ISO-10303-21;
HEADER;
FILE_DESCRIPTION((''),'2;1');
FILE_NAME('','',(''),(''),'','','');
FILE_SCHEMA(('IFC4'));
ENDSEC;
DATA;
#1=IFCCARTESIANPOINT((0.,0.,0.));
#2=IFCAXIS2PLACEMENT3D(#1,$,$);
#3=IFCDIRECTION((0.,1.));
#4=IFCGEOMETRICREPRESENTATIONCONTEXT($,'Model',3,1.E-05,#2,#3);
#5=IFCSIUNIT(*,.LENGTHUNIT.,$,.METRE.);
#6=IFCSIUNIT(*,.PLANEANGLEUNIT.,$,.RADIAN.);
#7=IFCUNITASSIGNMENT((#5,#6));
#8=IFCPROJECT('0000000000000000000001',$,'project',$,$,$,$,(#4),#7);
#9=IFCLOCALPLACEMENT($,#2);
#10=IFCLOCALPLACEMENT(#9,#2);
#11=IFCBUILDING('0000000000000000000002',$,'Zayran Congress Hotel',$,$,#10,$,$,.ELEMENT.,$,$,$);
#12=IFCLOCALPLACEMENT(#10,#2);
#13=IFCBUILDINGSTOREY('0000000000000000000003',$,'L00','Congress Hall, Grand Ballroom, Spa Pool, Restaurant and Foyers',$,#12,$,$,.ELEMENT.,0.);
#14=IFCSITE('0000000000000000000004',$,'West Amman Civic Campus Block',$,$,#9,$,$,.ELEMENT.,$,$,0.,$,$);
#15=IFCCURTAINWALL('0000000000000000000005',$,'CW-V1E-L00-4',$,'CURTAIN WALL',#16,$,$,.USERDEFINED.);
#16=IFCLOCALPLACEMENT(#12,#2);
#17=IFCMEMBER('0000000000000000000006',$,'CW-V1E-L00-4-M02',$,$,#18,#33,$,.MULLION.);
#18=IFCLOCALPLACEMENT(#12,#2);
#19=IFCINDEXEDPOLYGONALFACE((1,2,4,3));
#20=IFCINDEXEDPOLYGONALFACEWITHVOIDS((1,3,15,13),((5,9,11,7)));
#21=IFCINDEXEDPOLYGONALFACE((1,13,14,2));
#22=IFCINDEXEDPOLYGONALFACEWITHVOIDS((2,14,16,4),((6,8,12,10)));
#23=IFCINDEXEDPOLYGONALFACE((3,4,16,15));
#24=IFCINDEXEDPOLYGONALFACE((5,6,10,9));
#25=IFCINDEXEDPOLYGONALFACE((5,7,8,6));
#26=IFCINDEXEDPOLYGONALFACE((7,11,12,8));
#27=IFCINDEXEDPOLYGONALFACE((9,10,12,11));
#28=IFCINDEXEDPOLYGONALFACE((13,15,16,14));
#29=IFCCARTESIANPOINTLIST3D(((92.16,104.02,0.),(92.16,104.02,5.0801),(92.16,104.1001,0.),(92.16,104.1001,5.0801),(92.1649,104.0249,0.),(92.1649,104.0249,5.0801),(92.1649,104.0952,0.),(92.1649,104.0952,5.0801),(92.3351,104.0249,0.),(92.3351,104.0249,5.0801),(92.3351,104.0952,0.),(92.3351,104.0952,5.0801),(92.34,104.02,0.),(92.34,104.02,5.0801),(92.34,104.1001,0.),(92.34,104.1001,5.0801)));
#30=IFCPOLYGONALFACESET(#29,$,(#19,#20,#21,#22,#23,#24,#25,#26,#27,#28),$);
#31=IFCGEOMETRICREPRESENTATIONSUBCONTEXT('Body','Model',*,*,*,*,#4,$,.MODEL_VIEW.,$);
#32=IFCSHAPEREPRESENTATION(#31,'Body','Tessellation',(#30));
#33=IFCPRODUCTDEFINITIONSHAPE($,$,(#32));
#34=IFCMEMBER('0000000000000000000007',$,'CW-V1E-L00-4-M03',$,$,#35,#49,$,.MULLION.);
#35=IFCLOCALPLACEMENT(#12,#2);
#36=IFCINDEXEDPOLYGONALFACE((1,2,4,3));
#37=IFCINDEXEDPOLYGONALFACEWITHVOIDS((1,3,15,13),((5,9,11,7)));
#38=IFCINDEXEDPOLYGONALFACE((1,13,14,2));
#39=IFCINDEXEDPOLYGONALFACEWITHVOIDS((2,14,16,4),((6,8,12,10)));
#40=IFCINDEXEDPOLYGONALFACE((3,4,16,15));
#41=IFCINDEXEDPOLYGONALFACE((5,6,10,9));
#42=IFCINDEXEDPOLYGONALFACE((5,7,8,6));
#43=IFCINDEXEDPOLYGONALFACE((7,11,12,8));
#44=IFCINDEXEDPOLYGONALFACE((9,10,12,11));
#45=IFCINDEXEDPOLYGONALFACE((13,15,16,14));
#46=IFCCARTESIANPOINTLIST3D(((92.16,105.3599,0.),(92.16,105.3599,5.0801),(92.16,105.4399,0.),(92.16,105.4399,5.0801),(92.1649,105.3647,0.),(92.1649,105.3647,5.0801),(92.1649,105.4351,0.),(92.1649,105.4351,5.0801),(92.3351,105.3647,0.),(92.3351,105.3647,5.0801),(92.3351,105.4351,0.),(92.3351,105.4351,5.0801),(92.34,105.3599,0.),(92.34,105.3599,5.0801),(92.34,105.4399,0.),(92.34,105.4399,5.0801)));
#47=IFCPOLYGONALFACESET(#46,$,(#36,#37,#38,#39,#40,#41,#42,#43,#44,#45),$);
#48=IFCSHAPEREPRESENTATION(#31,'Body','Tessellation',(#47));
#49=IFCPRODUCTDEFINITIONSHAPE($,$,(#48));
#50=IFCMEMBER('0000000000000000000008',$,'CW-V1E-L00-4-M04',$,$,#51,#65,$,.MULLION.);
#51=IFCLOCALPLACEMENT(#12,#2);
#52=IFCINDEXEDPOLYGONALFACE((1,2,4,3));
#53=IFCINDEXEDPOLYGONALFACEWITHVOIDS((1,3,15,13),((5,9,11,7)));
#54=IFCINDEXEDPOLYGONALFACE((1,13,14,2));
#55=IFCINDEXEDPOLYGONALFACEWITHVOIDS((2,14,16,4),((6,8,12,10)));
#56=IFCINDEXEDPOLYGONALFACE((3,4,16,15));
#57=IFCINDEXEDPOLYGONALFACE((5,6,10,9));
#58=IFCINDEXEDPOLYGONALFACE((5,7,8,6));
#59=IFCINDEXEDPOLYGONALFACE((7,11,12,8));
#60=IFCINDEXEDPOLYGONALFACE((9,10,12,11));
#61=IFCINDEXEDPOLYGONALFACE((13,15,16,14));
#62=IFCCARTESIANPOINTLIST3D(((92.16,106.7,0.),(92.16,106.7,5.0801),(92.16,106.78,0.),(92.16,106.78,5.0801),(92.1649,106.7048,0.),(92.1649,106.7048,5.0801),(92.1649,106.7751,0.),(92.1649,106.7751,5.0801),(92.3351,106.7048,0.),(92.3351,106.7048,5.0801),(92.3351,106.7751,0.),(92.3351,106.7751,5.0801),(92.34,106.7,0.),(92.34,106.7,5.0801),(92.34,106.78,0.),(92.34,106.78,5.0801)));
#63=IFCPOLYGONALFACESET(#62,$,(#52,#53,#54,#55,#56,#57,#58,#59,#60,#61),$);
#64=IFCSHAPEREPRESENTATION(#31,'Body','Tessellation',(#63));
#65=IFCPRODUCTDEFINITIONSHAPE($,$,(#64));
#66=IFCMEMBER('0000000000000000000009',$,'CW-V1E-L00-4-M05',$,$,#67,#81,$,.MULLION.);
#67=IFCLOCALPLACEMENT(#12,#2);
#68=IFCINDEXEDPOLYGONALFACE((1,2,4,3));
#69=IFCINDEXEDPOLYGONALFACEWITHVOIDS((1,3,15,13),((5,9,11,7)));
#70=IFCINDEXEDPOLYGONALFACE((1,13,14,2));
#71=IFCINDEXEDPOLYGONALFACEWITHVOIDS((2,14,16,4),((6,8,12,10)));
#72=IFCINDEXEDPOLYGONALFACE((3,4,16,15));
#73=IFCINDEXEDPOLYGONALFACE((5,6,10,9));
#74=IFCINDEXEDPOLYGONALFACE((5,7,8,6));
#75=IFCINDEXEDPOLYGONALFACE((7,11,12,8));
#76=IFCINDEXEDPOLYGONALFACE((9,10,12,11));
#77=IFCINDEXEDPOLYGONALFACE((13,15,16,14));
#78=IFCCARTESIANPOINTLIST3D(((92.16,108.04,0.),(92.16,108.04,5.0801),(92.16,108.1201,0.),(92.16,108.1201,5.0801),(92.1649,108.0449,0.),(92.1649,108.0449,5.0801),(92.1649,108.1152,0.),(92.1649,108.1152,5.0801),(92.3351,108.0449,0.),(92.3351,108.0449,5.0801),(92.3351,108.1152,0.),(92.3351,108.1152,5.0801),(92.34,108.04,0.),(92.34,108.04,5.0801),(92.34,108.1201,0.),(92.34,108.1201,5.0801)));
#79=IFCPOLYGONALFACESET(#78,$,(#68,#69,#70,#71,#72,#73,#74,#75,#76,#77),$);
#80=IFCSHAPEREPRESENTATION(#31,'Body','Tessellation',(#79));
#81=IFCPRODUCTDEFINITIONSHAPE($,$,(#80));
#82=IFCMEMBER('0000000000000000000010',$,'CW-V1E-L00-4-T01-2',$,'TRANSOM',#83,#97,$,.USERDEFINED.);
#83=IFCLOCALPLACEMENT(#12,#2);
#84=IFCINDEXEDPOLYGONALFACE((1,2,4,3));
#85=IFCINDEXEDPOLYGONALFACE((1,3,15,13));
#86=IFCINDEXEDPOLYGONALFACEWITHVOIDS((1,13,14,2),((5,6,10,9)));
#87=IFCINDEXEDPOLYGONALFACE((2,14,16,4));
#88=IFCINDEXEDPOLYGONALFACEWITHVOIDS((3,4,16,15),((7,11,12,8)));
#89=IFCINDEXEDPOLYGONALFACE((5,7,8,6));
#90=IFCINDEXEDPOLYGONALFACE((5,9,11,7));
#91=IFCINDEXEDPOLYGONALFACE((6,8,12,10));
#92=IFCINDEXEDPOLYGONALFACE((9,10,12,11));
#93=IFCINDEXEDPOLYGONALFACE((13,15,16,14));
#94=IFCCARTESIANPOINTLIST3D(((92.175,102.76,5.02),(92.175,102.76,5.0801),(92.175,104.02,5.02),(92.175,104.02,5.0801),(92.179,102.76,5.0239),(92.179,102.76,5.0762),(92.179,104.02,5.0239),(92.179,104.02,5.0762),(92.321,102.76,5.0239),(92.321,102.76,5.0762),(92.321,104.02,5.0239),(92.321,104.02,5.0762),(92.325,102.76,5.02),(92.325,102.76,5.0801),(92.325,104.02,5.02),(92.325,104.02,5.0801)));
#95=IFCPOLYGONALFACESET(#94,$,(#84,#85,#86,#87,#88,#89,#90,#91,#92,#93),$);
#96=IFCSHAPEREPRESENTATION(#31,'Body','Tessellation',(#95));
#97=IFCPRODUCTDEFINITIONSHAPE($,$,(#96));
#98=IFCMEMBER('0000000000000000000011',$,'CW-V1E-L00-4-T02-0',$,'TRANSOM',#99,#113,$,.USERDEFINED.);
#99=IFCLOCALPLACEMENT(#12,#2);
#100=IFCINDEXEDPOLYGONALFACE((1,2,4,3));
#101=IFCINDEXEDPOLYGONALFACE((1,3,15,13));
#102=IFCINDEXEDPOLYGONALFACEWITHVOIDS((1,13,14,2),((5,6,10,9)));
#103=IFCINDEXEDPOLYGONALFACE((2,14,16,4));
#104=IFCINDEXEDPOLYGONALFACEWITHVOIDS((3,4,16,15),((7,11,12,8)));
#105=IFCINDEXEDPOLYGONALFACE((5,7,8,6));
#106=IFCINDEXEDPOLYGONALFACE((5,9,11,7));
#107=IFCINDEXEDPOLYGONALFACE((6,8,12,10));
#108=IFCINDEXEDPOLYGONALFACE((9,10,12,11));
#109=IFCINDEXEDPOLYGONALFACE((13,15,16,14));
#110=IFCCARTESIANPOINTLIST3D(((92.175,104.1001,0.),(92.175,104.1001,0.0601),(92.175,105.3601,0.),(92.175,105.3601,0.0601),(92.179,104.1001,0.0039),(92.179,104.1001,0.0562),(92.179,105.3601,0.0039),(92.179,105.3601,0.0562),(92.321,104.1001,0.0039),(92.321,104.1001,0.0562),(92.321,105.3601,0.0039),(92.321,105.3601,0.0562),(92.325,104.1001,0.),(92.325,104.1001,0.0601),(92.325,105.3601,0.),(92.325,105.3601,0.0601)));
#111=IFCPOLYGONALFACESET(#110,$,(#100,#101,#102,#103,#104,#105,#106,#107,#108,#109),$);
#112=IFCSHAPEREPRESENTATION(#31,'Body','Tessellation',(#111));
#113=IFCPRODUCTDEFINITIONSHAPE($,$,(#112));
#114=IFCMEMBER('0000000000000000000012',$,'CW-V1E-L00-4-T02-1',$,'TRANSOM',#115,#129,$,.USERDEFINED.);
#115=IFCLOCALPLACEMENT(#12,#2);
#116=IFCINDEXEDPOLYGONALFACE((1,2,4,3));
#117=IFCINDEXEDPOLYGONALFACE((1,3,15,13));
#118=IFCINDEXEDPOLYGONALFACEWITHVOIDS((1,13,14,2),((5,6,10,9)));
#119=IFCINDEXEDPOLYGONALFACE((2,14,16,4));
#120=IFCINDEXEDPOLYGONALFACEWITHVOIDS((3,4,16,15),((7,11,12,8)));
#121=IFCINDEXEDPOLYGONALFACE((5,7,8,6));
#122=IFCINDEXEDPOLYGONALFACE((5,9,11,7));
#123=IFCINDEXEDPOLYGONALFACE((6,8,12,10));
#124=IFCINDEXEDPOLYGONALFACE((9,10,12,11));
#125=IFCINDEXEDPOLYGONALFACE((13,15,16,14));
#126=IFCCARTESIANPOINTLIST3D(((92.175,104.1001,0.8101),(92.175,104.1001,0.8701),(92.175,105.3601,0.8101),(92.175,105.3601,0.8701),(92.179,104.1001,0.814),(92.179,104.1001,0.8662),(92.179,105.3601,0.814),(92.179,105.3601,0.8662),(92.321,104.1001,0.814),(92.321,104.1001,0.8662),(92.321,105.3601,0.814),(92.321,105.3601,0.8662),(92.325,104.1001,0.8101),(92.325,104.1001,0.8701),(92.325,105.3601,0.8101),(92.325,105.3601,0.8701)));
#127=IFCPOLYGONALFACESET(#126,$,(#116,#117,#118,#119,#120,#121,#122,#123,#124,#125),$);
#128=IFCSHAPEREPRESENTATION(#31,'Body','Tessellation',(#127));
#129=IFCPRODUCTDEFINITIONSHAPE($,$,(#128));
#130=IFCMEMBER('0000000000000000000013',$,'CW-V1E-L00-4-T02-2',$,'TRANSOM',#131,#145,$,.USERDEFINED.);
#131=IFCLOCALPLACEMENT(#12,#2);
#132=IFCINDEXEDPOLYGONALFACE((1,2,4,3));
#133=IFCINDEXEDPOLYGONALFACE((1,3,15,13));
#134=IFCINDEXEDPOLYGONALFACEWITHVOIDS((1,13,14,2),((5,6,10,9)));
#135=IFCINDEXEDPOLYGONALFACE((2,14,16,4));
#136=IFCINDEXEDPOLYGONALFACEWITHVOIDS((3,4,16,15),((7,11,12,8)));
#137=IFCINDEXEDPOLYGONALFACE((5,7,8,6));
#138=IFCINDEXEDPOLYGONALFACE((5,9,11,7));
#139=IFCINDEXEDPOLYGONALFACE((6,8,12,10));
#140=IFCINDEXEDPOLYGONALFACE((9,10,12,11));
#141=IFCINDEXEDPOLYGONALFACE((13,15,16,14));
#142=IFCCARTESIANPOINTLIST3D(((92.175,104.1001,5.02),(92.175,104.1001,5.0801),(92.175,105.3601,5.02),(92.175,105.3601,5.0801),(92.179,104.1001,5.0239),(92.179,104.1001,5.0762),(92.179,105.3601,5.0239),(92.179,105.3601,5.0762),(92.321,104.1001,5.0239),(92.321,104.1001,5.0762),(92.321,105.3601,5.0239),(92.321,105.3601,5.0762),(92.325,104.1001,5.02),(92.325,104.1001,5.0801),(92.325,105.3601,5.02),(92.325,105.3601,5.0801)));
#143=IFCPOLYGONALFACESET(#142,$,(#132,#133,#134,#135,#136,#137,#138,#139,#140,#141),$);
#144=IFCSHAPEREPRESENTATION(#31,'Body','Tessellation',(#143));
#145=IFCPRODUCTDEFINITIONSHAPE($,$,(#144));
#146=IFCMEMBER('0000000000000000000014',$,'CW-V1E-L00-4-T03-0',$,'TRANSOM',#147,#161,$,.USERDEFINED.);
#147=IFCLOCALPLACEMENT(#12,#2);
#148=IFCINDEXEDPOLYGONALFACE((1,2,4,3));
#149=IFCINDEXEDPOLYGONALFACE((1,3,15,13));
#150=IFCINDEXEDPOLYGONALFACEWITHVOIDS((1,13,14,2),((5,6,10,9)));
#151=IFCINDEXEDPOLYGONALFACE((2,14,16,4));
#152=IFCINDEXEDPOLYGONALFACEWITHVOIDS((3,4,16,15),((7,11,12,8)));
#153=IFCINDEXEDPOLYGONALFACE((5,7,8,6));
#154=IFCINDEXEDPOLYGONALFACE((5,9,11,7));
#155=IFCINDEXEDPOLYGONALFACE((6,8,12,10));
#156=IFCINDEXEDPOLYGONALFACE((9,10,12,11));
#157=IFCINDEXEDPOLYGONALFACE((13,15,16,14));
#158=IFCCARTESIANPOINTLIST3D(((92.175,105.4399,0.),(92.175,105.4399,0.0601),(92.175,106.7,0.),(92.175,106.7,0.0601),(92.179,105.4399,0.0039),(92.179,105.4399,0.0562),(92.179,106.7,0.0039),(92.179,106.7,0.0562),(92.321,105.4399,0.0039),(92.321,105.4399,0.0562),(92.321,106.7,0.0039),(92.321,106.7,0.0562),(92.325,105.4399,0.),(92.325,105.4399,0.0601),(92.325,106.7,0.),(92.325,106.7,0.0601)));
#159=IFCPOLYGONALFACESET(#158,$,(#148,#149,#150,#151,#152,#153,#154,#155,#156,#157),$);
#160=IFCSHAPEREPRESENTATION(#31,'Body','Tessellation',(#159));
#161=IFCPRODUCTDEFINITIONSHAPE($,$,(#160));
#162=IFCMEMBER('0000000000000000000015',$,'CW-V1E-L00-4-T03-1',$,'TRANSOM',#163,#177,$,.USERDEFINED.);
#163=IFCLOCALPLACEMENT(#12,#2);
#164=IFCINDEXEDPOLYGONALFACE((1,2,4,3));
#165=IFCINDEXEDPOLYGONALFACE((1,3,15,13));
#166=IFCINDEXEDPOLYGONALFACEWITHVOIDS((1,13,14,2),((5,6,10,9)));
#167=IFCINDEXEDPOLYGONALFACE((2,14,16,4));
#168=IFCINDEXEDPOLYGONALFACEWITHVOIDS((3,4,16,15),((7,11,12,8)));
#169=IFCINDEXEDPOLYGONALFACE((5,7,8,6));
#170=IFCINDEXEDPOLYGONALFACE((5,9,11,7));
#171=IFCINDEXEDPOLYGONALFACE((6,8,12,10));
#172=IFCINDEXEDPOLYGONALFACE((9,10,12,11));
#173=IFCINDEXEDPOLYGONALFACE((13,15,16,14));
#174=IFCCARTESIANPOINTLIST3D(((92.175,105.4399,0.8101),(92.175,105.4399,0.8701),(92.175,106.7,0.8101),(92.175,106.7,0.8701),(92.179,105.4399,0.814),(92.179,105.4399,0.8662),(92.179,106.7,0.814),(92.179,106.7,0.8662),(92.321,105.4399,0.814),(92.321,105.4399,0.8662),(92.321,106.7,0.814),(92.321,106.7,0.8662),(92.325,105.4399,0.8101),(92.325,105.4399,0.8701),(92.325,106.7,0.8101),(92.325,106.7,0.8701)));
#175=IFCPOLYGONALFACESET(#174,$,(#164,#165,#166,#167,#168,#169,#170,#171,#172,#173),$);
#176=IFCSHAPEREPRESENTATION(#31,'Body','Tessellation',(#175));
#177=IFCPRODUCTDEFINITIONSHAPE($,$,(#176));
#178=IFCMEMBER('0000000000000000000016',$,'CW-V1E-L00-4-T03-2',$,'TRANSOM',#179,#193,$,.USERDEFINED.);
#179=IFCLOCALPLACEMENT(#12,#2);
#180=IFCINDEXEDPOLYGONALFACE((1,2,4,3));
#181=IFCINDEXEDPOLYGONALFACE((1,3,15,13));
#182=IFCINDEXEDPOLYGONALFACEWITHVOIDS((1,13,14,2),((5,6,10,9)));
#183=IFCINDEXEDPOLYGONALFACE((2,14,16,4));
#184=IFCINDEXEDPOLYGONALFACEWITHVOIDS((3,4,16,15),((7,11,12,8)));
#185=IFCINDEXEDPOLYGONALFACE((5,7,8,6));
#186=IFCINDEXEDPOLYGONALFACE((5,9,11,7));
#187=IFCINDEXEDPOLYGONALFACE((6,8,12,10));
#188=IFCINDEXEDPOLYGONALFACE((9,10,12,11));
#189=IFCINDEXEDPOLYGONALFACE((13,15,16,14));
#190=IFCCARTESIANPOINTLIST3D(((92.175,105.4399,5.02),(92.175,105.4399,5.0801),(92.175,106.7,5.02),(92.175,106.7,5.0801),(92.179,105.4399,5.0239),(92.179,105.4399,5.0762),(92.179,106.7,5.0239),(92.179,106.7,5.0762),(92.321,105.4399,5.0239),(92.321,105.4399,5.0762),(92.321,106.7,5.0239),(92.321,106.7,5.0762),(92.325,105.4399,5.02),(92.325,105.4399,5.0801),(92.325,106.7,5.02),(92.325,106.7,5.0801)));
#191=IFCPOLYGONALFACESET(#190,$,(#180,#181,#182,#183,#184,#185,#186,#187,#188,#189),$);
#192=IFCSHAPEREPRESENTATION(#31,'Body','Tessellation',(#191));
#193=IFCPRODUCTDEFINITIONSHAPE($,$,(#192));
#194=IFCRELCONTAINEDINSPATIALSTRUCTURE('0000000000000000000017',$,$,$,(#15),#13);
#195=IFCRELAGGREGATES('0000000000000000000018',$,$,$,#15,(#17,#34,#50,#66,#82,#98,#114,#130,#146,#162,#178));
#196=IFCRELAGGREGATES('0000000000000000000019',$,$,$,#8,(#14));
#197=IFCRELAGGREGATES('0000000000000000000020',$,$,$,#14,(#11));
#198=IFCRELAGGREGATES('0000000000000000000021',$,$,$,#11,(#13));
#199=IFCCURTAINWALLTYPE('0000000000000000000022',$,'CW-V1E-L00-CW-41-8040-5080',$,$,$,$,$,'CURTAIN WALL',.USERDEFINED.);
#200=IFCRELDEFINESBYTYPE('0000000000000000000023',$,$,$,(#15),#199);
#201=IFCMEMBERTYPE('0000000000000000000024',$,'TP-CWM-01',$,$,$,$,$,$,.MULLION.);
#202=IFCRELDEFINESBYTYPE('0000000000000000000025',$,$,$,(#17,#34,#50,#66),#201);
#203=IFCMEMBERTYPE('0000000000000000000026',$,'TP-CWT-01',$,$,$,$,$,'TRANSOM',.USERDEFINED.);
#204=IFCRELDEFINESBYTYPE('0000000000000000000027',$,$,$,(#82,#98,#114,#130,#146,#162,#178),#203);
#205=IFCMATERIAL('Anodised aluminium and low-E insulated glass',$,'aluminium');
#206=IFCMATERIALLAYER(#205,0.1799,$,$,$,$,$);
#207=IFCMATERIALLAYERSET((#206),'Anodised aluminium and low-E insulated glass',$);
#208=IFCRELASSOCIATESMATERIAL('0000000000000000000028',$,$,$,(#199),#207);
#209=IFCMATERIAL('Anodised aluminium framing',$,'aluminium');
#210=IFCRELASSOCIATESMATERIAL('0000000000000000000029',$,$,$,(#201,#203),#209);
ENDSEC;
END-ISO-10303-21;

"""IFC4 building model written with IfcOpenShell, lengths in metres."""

from ifc_helpers import new_model, si_unit, direction, frame, origin, origin_2d, place, context, subcontext, project, spatial, hollow_rectangle, extrude, material, layer, layer_set, material_profile, profile_set, type_object, element, aggregate, save


model = new_model("IFC4")

# Units and contexts
model_context = context("Model", 3, precision=1e-05, world=origin(), true_north=direction((0.0, 1.0)))
body_context = subcontext(model_context, "Body", "Model", "MODEL_VIEW")
ifc_project = project(units=[si_unit("LENGTHUNIT", "METRE"), si_unit("PLANEANGLEUNIT", "RADIAN")], contexts=[model_context])

# Site, building, storey
site_placement = place(None, origin())
site = spatial("IfcSite", under=ifc_project, at=site_placement, Name="West Amman Civic Campus Block", CompositionType="ELEMENT", RefElevation=0.0)
building_placement = place(site_placement, origin())
building = spatial("IfcBuilding", under=site, at=building_placement, Name="Zayran Congress Hotel", CompositionType="ELEMENT")
storey_placement = place(building_placement, origin())
storey = spatial("IfcBuildingStorey", under=building, at=storey_placement, Name="L00", Description="Congress Hall, Grand Ballroom, Spa Pool, Restaurant and Foyers", CompositionType="ELEMENT", Elevation=0.0)

# Curtain wall, members
ifc_material_1 = material(Name="Anodised aluminium and low-E insulated glass", Category="aluminium")
ifc_layer_1 = layer(ifc_material_1, 0.1799)
ifc_layer_set_1 = layer_set([ifc_layer_1], Name="Anodised aluminium and low-E insulated glass")
curtain_wall_type = type_object("IfcCurtainWallType", Name="CW-V1E-L00-CW-41-8040-5080", ElementType="CURTAIN WALL", PredefinedType="USERDEFINED", material=ifc_layer_set_1)
curtain_wall_placement = place(storey_placement, origin())
curtain_wall = element("IfcCurtainWall", 1, at=curtain_wall_placement, inside=storey, type_object=curtain_wall_type, Name="CW-V1E-L00-4", ObjectType="CURTAIN WALL", PredefinedType="USERDEFINED")
ifc_material_2 = material(Name="Anodised aluminium framing", Category="aluminium")
ifc_material_profile_1 = material_profile(ifc_material_2, hollow_rectangle(XDim=0.0801, YDim=0.1799, WallThickness=0.0049, at=origin_2d()), Name="RHS 180x80x5")
ifc_profile_set_1 = profile_set([ifc_material_profile_1], Name="Anodised aluminium framing")
member_type_1 = type_object("IfcMemberType", Name="TP-CWM-01", PredefinedType="MULLION", material=ifc_profile_set_1)
member_1_placement = place(storey_placement, frame((92.25, 104.0601, 0.0), z_axis=(0.0, 0.0, 1.0), x_axis=(0.0, 1.0, 0.0)))
member_1 = element("IfcMember", 2, at=member_1_placement, type_object=member_type_1, Name="CW-V1E-L00-4-M02", PredefinedType="MULLION", context=body_context, shape_type="SweptSolid", body=[
    extrude(hollow_rectangle(XDim=0.0801, YDim=0.1799, WallThickness=0.0049, at=origin_2d()), origin(), (0.0, 0.0, 1.0), 5.0801),
])
member_2_placement = place(storey_placement, frame((92.25, 105.3999, 0.0), z_axis=(0.0, 0.0, 1.0), x_axis=(0.0, 1.0, 0.0)))
member_2 = element("IfcMember", 3, at=member_2_placement, type_object=member_type_1, Name="CW-V1E-L00-4-M03", PredefinedType="MULLION", context=body_context, shape_type="SweptSolid", body=[
    extrude(hollow_rectangle(XDim=0.0801, YDim=0.1799, WallThickness=0.0049, at=origin_2d()), origin(), (0.0, 0.0, 1.0), 5.0801),
])
member_3_placement = place(storey_placement, frame((92.25, 106.74, 0.0), z_axis=(0.0, 0.0, 1.0), x_axis=(0.0, 1.0, 0.0)))
member_3 = element("IfcMember", 4, at=member_3_placement, type_object=member_type_1, Name="CW-V1E-L00-4-M04", PredefinedType="MULLION", context=body_context, shape_type="SweptSolid", body=[
    extrude(hollow_rectangle(XDim=0.0801, YDim=0.1799, WallThickness=0.0049, at=origin_2d()), origin(), (0.0, 0.0, 1.0), 5.0801),
])
member_4_placement = place(storey_placement, frame((92.25, 108.0801, 0.0), z_axis=(0.0, 0.0, 1.0), x_axis=(0.0, 1.0, 0.0)))
member_4 = element("IfcMember", 5, at=member_4_placement, type_object=member_type_1, Name="CW-V1E-L00-4-M05", PredefinedType="MULLION", context=body_context, shape_type="SweptSolid", body=[
    extrude(hollow_rectangle(XDim=0.0801, YDim=0.1799, WallThickness=0.0049, at=origin_2d()), origin(), (0.0, 0.0, 1.0), 5.0801),
])
ifc_material_profile_2 = material_profile(ifc_material_2, hollow_rectangle(XDim=0.0601, YDim=0.1499, WallThickness=0.0039, at=origin_2d()), Name="RHS 150x60x4")
ifc_profile_set_2 = profile_set([ifc_material_profile_2], Name="Anodised aluminium framing")
member_type_2 = type_object("IfcMemberType", Name="TP-CWT-01", ElementType="TRANSOM", PredefinedType="USERDEFINED", material=ifc_profile_set_2)
member_5_placement = place(storey_placement, frame((92.25, 102.76, 5.05), z_axis=(0.0, 1.0, 0.0), x_axis=(0.0, 0.0, 1.0)))
member_5 = element("IfcMember", 6, at=member_5_placement, type_object=member_type_2, Name="CW-V1E-L00-4-T01-2", ObjectType="TRANSOM", PredefinedType="USERDEFINED", context=body_context, shape_type="SweptSolid", body=[
    extrude(hollow_rectangle(XDim=0.0601, YDim=0.1499, WallThickness=0.0039, at=origin_2d()), origin(), (0.0, 0.0, 1.0), 1.26),
])
member_6_placement = place(storey_placement, frame((92.25, 104.1001, 0.03), z_axis=(0.0, 1.0, 0.0), x_axis=(0.0, 0.0, 1.0)))
member_6 = element("IfcMember", 7, at=member_6_placement, type_object=member_type_2, Name="CW-V1E-L00-4-T02-0", ObjectType="TRANSOM", PredefinedType="USERDEFINED", context=body_context, shape_type="SweptSolid", body=[
    extrude(hollow_rectangle(XDim=0.0601, YDim=0.1499, WallThickness=0.0039, at=origin_2d()), origin(), (0.0, 0.0, 1.0), 1.26),
])
member_7_placement = place(storey_placement, frame((92.25, 104.1001, 0.8401), z_axis=(0.0, 1.0, 0.0), x_axis=(0.0, 0.0, 1.0)))
member_7 = element("IfcMember", 8, at=member_7_placement, type_object=member_type_2, Name="CW-V1E-L00-4-T02-1", ObjectType="TRANSOM", PredefinedType="USERDEFINED", context=body_context, shape_type="SweptSolid", body=[
    extrude(hollow_rectangle(XDim=0.0601, YDim=0.1499, WallThickness=0.0039, at=origin_2d()), origin(), (0.0, 0.0, 1.0), 1.26),
])
member_8_placement = place(storey_placement, frame((92.25, 104.1001, 5.05), z_axis=(0.0, 1.0, 0.0), x_axis=(0.0, 0.0, 1.0)))
member_8 = element("IfcMember", 9, at=member_8_placement, type_object=member_type_2, Name="CW-V1E-L00-4-T02-2", ObjectType="TRANSOM", PredefinedType="USERDEFINED", context=body_context, shape_type="SweptSolid", body=[
    extrude(hollow_rectangle(XDim=0.0601, YDim=0.1499, WallThickness=0.0039, at=origin_2d()), origin(), (0.0, 0.0, 1.0), 1.26),
])
member_9_placement = place(storey_placement, frame((92.25, 105.4399, 0.03), z_axis=(0.0, 1.0, 0.0), x_axis=(0.0, 0.0, 1.0)))
member_9 = element("IfcMember", 10, at=member_9_placement, type_object=member_type_2, Name="CW-V1E-L00-4-T03-0", ObjectType="TRANSOM", PredefinedType="USERDEFINED", context=body_context, shape_type="SweptSolid", body=[
    extrude(hollow_rectangle(XDim=0.0601, YDim=0.1499, WallThickness=0.0039, at=origin_2d()), origin(), (0.0, 0.0, 1.0), 1.26),
])
member_10_placement = place(storey_placement, frame((92.25, 105.4399, 0.8401), z_axis=(0.0, 1.0, 0.0), x_axis=(0.0, 0.0, 1.0)))
member_10 = element("IfcMember", 11, at=member_10_placement, type_object=member_type_2, Name="CW-V1E-L00-4-T03-1", ObjectType="TRANSOM", PredefinedType="USERDEFINED", context=body_context, shape_type="SweptSolid", body=[
    extrude(hollow_rectangle(XDim=0.0601, YDim=0.1499, WallThickness=0.0039, at=origin_2d()), origin(), (0.0, 0.0, 1.0), 1.26),
])
member_11_placement = place(storey_placement, frame((92.25, 105.4399, 5.05), z_axis=(0.0, 1.0, 0.0), x_axis=(0.0, 0.0, 1.0)))
member_11 = element("IfcMember", 12, at=member_11_placement, type_object=member_type_2, Name="CW-V1E-L00-4-T03-2", ObjectType="TRANSOM", PredefinedType="USERDEFINED", context=body_context, shape_type="SweptSolid", body=[
    extrude(hollow_rectangle(XDim=0.0601, YDim=0.1499, WallThickness=0.0039, at=origin_2d()), origin(), (0.0, 0.0, 1.0), 1.26),
])
aggregate(curtain_wall, [member_1, member_2, member_3, member_4, member_5, member_6, member_7, member_8, member_9, member_10, member_11])

save(model, "model.ifc")
